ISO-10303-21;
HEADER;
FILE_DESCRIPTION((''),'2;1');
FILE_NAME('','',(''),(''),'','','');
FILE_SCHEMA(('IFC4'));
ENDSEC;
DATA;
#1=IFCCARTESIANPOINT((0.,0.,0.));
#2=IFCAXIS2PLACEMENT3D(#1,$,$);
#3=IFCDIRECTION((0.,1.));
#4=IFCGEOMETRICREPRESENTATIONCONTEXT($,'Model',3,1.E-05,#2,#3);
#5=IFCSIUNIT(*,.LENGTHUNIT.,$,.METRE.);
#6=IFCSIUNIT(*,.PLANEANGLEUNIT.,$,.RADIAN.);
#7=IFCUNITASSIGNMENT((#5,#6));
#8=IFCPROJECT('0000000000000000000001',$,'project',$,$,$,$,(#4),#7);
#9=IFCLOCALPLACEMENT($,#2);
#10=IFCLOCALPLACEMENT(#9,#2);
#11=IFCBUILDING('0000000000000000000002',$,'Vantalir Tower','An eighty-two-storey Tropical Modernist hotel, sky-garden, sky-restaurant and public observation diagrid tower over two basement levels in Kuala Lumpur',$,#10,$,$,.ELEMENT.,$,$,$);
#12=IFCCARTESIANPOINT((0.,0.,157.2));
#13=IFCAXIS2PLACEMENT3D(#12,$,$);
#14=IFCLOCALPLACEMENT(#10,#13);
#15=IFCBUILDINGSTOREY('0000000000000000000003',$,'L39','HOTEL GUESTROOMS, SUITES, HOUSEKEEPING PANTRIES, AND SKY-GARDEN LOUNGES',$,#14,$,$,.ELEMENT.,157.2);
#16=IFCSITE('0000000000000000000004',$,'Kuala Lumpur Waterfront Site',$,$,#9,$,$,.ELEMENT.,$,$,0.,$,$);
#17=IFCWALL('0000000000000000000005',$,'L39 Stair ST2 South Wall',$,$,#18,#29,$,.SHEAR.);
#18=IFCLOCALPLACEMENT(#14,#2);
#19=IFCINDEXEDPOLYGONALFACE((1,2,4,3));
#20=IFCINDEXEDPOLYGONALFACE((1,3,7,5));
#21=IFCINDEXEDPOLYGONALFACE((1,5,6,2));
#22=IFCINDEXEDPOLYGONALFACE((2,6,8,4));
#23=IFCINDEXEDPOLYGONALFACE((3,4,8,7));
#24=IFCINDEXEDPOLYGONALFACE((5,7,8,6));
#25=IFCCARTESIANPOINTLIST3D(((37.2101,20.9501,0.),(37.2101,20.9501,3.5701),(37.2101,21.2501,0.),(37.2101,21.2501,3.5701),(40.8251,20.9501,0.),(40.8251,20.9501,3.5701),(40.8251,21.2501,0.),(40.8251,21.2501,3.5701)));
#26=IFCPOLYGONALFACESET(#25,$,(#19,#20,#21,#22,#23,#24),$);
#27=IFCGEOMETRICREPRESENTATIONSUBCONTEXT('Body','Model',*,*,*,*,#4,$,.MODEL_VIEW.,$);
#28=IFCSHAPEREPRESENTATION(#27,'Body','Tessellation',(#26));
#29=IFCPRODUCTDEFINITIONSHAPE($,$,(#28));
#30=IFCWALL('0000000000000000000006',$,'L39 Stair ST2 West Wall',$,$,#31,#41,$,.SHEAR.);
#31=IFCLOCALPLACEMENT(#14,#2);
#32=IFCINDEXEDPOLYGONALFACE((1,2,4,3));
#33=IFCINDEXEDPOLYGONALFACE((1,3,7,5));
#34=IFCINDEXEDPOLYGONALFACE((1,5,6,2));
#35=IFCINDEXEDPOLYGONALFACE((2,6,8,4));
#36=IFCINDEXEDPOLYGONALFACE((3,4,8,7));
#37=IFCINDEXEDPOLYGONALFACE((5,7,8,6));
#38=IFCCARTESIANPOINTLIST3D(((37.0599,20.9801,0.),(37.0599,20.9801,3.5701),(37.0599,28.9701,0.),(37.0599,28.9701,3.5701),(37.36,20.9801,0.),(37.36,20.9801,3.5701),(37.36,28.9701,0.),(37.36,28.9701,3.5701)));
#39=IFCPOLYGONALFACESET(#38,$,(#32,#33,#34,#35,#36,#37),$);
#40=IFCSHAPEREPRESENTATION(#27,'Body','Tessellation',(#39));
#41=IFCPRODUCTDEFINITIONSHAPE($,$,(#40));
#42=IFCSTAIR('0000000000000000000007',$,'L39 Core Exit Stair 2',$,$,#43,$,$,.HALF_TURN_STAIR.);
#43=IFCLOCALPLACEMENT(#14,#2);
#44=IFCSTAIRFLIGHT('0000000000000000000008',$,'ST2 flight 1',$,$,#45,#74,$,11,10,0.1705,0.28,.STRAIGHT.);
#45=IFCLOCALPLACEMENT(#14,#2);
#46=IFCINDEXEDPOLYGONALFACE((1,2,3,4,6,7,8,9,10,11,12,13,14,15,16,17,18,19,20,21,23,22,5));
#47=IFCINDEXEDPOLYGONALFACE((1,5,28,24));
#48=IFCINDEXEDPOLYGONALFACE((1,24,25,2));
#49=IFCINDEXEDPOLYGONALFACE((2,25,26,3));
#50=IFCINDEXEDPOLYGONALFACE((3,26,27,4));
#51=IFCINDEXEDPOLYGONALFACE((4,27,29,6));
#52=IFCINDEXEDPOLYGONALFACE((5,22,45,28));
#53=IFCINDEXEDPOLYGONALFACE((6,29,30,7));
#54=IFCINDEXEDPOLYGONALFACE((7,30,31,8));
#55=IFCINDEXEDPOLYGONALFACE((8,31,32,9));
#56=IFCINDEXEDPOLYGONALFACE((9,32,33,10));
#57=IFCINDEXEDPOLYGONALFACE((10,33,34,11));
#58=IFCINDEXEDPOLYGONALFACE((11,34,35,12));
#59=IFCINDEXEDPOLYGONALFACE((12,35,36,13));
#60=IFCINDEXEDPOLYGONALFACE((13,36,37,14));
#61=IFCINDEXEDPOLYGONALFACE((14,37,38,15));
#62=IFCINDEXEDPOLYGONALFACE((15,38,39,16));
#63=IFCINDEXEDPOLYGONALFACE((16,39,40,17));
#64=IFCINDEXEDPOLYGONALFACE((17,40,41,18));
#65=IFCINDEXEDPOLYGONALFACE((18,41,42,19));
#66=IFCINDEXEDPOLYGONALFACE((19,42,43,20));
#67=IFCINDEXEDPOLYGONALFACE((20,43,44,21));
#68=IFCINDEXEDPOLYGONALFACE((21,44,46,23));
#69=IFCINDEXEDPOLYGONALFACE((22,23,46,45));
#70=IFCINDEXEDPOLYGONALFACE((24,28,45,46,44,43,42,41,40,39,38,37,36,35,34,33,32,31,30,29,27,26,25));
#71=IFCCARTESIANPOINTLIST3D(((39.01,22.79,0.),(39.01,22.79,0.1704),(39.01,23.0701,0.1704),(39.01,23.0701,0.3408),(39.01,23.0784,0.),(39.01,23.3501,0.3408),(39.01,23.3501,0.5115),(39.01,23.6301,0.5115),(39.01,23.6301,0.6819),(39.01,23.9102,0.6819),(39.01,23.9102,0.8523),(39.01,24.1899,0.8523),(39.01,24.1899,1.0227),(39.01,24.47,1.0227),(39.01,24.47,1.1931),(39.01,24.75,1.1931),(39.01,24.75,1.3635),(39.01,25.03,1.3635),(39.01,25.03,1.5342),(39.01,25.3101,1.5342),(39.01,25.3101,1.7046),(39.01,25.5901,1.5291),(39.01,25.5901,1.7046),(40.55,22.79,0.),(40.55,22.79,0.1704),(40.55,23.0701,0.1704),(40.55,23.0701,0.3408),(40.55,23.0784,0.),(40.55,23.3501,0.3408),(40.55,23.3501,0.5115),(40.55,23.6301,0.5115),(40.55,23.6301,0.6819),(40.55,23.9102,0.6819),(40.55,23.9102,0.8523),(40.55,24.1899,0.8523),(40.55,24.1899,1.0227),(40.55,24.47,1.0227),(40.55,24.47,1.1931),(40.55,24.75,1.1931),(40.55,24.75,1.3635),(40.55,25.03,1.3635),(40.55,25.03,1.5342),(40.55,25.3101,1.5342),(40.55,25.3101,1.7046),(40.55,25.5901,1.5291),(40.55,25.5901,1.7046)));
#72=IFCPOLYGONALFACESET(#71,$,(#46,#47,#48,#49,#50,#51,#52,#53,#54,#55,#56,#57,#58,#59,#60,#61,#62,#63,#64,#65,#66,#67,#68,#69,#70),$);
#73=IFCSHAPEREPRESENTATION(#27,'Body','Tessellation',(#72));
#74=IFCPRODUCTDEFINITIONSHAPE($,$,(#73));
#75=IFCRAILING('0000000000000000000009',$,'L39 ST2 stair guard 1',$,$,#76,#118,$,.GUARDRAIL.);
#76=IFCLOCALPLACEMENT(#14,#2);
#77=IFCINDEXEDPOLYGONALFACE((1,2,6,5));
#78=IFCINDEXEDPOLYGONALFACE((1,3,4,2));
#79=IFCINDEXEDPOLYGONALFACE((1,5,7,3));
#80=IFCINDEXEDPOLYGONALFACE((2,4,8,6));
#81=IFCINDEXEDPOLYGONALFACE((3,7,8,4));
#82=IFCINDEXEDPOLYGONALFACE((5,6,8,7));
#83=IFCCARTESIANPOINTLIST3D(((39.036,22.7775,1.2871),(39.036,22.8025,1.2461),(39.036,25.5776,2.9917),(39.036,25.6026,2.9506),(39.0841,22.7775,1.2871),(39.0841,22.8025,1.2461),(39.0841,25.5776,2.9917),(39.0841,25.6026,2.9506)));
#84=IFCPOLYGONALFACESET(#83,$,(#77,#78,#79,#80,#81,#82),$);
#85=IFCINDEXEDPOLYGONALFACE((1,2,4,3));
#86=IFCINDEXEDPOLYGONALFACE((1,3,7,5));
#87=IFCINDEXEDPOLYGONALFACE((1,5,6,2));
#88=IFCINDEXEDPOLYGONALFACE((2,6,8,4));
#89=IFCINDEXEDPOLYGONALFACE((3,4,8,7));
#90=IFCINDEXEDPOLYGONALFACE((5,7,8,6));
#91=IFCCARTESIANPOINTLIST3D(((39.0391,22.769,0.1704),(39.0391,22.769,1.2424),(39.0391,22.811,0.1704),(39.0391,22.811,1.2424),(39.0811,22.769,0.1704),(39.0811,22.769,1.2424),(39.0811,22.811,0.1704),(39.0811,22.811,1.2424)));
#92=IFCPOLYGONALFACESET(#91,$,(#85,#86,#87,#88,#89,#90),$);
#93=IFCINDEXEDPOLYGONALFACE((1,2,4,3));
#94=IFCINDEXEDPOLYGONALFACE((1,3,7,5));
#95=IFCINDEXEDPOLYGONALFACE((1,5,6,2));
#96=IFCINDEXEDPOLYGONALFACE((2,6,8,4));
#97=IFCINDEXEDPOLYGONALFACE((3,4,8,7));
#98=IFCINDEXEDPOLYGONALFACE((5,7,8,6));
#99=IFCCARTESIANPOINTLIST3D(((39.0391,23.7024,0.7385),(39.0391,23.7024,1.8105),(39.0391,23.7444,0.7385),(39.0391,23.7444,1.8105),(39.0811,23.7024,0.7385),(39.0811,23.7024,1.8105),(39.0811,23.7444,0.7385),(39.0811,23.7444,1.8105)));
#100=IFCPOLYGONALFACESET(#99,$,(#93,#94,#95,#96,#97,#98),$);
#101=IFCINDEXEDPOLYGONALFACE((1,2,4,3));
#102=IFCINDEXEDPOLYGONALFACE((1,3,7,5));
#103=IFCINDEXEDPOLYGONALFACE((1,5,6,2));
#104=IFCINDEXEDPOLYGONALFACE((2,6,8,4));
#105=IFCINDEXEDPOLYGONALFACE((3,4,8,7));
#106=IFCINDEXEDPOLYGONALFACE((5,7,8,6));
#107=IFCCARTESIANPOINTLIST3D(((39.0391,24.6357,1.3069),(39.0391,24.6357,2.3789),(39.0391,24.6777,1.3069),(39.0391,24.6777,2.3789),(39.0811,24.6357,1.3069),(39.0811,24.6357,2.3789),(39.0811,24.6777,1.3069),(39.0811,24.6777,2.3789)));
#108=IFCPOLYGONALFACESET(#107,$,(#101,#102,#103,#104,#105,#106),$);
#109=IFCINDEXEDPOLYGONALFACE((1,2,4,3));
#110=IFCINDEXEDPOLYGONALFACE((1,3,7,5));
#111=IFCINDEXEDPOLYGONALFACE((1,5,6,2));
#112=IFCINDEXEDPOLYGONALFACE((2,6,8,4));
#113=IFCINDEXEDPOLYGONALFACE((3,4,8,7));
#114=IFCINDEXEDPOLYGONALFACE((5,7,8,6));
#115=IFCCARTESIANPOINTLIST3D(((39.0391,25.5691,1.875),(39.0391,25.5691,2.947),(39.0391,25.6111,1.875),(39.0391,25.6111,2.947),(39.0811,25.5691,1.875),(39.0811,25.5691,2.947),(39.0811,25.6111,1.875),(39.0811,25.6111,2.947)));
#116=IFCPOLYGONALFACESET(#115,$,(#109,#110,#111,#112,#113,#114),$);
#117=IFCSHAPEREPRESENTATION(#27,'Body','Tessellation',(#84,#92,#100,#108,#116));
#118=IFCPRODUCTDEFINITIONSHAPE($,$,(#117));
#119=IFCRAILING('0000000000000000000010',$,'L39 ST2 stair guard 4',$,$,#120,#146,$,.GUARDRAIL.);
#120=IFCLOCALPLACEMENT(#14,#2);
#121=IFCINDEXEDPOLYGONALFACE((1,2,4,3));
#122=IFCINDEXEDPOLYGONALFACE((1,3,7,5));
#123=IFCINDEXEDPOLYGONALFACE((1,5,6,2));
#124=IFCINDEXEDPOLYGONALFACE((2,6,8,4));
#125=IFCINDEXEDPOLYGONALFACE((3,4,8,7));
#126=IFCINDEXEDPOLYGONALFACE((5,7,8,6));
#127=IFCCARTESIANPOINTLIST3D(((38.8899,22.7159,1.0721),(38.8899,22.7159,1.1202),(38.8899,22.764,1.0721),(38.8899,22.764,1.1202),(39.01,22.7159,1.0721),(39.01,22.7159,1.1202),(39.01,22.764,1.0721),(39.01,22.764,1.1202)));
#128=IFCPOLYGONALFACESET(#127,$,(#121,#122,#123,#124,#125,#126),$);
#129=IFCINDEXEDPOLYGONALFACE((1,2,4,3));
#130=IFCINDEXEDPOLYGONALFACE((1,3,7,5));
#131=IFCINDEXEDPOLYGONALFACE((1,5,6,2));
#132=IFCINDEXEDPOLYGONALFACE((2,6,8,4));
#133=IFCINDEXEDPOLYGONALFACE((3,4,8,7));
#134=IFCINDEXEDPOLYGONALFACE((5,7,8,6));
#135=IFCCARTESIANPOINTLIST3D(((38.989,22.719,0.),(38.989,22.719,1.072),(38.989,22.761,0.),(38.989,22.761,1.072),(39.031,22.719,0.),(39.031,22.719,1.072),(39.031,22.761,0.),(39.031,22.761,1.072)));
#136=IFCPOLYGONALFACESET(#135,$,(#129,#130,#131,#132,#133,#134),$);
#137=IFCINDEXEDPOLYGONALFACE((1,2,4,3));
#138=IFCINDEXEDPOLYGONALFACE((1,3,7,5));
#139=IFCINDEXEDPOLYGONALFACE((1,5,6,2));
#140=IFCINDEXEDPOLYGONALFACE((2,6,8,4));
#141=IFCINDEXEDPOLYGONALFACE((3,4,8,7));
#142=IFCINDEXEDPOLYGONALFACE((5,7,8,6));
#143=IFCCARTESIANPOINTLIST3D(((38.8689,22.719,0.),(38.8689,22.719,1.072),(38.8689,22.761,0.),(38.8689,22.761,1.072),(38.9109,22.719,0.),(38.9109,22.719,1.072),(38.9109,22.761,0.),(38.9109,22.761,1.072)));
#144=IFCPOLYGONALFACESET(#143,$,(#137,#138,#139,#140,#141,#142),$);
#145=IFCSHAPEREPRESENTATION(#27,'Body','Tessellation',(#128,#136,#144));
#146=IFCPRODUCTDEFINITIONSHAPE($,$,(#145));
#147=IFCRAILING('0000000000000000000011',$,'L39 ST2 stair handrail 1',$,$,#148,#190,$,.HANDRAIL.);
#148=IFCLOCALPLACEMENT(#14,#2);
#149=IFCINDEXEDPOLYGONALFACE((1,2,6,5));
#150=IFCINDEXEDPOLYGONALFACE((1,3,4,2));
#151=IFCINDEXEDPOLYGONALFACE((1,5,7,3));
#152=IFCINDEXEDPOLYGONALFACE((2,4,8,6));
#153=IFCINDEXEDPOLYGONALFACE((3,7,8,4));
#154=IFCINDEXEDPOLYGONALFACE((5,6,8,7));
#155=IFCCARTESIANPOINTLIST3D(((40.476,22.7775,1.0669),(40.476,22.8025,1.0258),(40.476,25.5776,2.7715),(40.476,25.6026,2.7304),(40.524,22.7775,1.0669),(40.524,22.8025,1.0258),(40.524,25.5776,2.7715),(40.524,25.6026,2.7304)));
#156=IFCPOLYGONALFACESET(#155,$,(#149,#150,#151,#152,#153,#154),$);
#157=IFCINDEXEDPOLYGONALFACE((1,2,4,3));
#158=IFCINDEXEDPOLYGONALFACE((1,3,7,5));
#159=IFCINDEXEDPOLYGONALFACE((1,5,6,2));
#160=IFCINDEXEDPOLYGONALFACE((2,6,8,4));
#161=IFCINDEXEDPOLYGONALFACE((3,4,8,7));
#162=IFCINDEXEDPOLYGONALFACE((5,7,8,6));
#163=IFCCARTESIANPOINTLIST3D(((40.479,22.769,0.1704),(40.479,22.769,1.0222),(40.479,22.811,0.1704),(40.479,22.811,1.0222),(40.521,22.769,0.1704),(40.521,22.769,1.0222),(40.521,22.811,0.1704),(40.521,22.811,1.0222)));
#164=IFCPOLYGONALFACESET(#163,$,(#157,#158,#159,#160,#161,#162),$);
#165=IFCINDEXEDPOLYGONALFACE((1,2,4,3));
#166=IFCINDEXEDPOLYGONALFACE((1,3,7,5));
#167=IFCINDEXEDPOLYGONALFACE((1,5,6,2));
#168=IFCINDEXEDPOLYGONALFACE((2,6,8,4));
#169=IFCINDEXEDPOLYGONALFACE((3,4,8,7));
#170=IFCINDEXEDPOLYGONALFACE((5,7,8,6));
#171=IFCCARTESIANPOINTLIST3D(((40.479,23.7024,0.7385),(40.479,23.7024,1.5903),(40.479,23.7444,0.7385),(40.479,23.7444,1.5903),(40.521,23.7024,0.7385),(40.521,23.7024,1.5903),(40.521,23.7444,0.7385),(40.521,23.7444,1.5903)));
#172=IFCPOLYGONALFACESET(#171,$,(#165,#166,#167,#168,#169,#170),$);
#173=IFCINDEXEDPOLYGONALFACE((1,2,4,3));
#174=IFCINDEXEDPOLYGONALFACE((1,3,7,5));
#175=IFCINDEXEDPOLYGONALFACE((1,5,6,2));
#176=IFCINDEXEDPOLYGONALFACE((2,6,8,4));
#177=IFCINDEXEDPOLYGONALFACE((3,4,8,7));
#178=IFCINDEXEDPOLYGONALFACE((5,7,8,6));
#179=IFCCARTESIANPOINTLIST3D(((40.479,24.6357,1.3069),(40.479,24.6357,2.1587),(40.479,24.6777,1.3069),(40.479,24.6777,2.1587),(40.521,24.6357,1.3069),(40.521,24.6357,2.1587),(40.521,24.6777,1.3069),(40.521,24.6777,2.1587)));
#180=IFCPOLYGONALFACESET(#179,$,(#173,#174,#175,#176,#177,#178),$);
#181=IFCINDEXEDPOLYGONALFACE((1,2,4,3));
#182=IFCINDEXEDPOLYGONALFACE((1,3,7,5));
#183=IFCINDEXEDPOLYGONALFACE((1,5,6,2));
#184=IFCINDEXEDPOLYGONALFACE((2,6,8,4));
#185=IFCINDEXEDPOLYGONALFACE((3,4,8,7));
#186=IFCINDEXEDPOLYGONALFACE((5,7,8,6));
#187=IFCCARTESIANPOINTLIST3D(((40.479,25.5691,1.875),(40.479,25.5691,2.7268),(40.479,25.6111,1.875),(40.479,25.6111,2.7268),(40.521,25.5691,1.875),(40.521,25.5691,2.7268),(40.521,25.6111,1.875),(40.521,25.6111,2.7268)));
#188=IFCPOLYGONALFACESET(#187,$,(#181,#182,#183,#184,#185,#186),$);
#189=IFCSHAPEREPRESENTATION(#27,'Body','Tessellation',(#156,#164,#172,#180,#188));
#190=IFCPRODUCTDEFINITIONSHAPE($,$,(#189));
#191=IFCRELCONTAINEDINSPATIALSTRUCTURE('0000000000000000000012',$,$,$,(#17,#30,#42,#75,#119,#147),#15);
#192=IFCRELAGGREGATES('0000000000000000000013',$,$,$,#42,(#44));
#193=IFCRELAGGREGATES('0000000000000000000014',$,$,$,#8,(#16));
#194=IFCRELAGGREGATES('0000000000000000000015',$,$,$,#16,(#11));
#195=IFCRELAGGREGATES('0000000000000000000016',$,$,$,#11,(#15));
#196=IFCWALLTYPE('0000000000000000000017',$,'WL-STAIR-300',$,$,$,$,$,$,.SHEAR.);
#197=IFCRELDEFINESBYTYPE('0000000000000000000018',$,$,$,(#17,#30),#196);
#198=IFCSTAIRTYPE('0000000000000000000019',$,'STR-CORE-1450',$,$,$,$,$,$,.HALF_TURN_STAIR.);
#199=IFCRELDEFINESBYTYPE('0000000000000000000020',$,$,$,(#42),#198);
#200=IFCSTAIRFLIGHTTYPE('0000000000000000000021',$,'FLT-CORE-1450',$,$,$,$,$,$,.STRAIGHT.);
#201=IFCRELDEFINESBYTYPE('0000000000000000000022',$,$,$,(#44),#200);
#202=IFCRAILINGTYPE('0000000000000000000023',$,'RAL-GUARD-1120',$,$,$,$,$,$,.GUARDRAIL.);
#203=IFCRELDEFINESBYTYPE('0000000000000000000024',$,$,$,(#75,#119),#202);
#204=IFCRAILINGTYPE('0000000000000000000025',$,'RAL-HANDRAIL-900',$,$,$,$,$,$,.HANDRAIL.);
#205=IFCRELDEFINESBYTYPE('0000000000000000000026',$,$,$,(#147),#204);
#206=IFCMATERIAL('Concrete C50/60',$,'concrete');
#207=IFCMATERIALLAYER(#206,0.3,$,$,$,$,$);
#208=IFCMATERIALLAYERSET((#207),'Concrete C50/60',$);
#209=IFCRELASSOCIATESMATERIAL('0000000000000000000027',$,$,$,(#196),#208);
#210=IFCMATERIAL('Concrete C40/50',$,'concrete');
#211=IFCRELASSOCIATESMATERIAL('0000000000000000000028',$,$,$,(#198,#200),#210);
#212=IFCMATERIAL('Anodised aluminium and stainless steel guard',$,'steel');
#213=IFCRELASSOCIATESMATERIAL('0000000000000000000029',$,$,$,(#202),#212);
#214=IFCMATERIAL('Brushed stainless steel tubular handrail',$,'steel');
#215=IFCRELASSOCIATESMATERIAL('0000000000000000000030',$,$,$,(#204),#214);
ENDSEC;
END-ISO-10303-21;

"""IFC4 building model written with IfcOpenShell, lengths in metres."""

from ifc_helpers import new_model, si_unit, direction, frame, frame_2d, origin, origin_2d, place, context, subcontext, project, spatial, polyline, rectangle, outline, extrude, material, layer, layer_set, type_object, element, aggregate, save


model = new_model("IFC4")

# Units and contexts
model_context = context("Model", 3, precision=1e-05, world=origin(), true_north=direction((0.0, 1.0)))
body_context = subcontext(model_context, "Body", "Model", "MODEL_VIEW")
ifc_project = project(units=[si_unit("LENGTHUNIT", "METRE"), si_unit("PLANEANGLEUNIT", "RADIAN")], contexts=[model_context])

# Site, building, storey
site_placement = place(None, origin())
site = spatial("IfcSite", under=ifc_project, at=site_placement, Name="Kuala Lumpur Waterfront Site", CompositionType="ELEMENT", RefElevation=0.0)
building_placement = place(site_placement, origin())
building = spatial("IfcBuilding", under=site, at=building_placement, Name="Vantalir Tower", Description="An eighty-two-storey Tropical Modernist hotel, sky-garden, sky-restaurant and public observation diagrid tower over two basement levels in Kuala Lumpur", CompositionType="ELEMENT")
storey_placement = place(building_placement, frame((0.0, 0.0, 157.2)))
storey = spatial("IfcBuildingStorey", under=building, at=storey_placement, Name="L39", Description="HOTEL GUESTROOMS, SUITES, HOUSEKEEPING PANTRIES, AND SKY-GARDEN LOUNGES", CompositionType="ELEMENT", Elevation=157.2)

# Walls
ifc_material_1 = material(Name="Concrete C50/60", Category="concrete")
ifc_layer_1 = layer(ifc_material_1, 0.3)
ifc_layer_set_1 = layer_set([ifc_layer_1], Name="Concrete C50/60")
wall_type_1 = type_object("IfcWallType", Name="WL-STAIR-300", PredefinedType="SHEAR", material=ifc_layer_set_1)
wall_1_placement = place(storey_placement, frame((37.21, 21.1001, 0.0), z_axis=(0.0, 0.0, 1.0), x_axis=(1.0, 0.0, 0.0)))
element("IfcWall", 1, at=wall_1_placement, inside=storey, type_object=wall_type_1, Name="L39 Stair ST2 South Wall", PredefinedType="SHEAR", context=body_context, shape_type="SweptSolid", body=[
    extrude(rectangle(XDim=3.615, YDim=0.3, at=frame_2d((1.8076, 0.0))), origin(), (0.0, 0.0, 1.0), 3.5701),
])
wall_2_placement = place(storey_placement, frame((37.21, 20.98, 0.0), z_axis=(0.0, 0.0, 1.0), x_axis=(0.0, 1.0, 0.0)))
element("IfcWall", 2, at=wall_2_placement, inside=storey, type_object=wall_type_1, Name="L39 Stair ST2 West Wall", PredefinedType="SHEAR", context=body_context, shape_type="SweptSolid", body=[
    extrude(rectangle(XDim=7.99, YDim=0.3, at=frame_2d((3.9951, 0.0))), origin(), (0.0, 0.0, 1.0), 3.5701),
])

# Stair, stair flight
ifc_material_2 = material(Name="Concrete C40/50", Category="concrete")
stair_type = type_object("IfcStairType", Name="STR-CORE-1450", PredefinedType="HALF_TURN_STAIR", material=ifc_material_2)
stair_placement = place(storey_placement, origin())
stair = element("IfcStair", 3, at=stair_placement, inside=storey, type_object=stair_type, Name="L39 Core Exit Stair 2", PredefinedType="HALF_TURN_STAIR")
stair_flight_type = type_object("IfcStairFlightType", Name="FLT-CORE-1450", PredefinedType="STRAIGHT", material=ifc_material_2)
stair_flight_placement = place(storey_placement, frame((39.78, 22.79, 0.0), z_axis=(0.0, 0.0, 1.0), x_axis=(0.0, 1.0, 0.0)))
stair_flight = element("IfcStairFlight", 4, at=stair_flight_placement, type_object=stair_flight_type, Name="ST2 flight 1", NumberOfRisers=11, NumberOfTreads=10, PredefinedType="STRAIGHT", RiserHeight=0.1705, TreadLength=0.28, context=body_context, shape_type="SweptSolid", body=[
    extrude(outline(polyline([(0.0, 0.0), (0.0, 0.1704), (0.28, 0.1704), (0.28, 0.3408), (0.5601, 0.3408), (0.5601, 0.5115), (0.8401, 0.5115), (0.8401, 0.6819), (1.1201, 0.6819), (1.1201, 0.8523), (1.3999, 0.8523), (1.3999, 1.0227), (1.6799, 1.0227), (1.6799, 1.1931), (1.96, 1.1931), (1.96, 1.3635), (2.24, 1.3635), (2.24, 1.5342), (2.52, 1.5342), (2.52, 1.7046), (2.8, 1.7046), (2.8, 1.875), (2.8, 1.5291), (0.2883, 0.0), (0.0, 0.0)])), frame((0.0, 0.77, 0.0), z_axis=(0.0, -1.0, 0.0), x_axis=(1.0, 0.0, 0.0)), (0.0, 0.0, 1.0), 1.54),
])
aggregate(stair, [stair_flight])

# Railings
ifc_material_3 = material(Name="Anodised aluminium and stainless steel guard", Category="steel")
railing_type_1 = type_object("IfcRailingType", Name="RAL-GUARD-1120", PredefinedType="GUARDRAIL", material=ifc_material_3)
railing_1_placement = place(storey_placement, frame((39.0601, 22.79, 0.1704)))
element("IfcRailing", 5, at=railing_1_placement, inside=storey, type_object=railing_type_1, Name="L39 ST2 stair guard 1", PredefinedType="GUARDRAIL", context=body_context, shape_type="SweptSolid", body=[
    extrude(rectangle(XDim=0.0481, YDim=0.0481, at=origin_2d()), frame((0.0, 0.0, 1.0962), z_axis=(0.0, 0.85417, 0.519994), x_axis=(-1.0, 0.0, 0.0)), (0.0, 0.0, 1.0), 3.2781),
    extrude(rectangle(XDim=0.042, YDim=0.042, at=origin_2d()), origin(), (0.0, 0.0, 1.0), 1.072),
    extrude(rectangle(XDim=0.042, YDim=0.042, at=origin_2d()), frame((0.0, 0.9333, 0.5681)), (0.0, 0.0, 1.0), 1.072),
    extrude(rectangle(XDim=0.042, YDim=0.042, at=origin_2d()), frame((0.0, 1.8667, 1.1365)), (0.0, 0.0, 1.0), 1.072),
    extrude(rectangle(XDim=0.042, YDim=0.042, at=origin_2d()), frame((0.0, 2.8, 1.7046)), (0.0, 0.0, 1.0), 1.072),
])
railing_2_placement = place(storey_placement, frame((39.01, 22.74, 0.0)))
element("IfcRailing", 6, at=railing_2_placement, inside=storey, type_object=railing_type_1, Name="L39 ST2 stair guard 4", PredefinedType="GUARDRAIL", context=body_context, shape_type="SweptSolid", body=[
    extrude(rectangle(XDim=0.0481, YDim=0.0481, at=origin_2d()), frame((0.0, 0.0, 1.0962), z_axis=(-1.0, 0.0, 0.0), x_axis=(0.0, -1.0, 0.0)), (0.0, 0.0, 1.0), 0.1201),
    extrude(rectangle(XDim=0.042, YDim=0.042, at=origin_2d()), origin(), (0.0, 0.0, 1.0), 1.072),
    extrude(rectangle(XDim=0.042, YDim=0.042, at=origin_2d()), frame((-0.1201, 0.0, 0.0)), (0.0, 0.0, 1.0), 1.072),
])
ifc_material_4 = material(Name="Brushed stainless steel tubular handrail", Category="steel")
railing_type_2 = type_object("IfcRailingType", Name="RAL-HANDRAIL-900", PredefinedType="HANDRAIL", material=ifc_material_4)
railing_3_placement = place(storey_placement, frame((40.5, 22.79, 0.1704)))
element("IfcRailing", 7, at=railing_3_placement, inside=storey, type_object=railing_type_2, Name="L39 ST2 stair handrail 1", PredefinedType="HANDRAIL", context=body_context, shape_type="SweptSolid", body=[
    extrude(rectangle(XDim=0.0481, YDim=0.0481, at=origin_2d()), frame((0.0, 0.0, 0.876), z_axis=(0.0, 0.85417, 0.519994), x_axis=(-1.0, 0.0, 0.0)), (0.0, 0.0, 1.0), 3.2781),
    extrude(rectangle(XDim=0.042, YDim=0.042, at=origin_2d()), origin(), (0.0, 0.0, 1.0), 0.8518),
    extrude(rectangle(XDim=0.042, YDim=0.042, at=origin_2d()), frame((0.0, 0.9333, 0.5681)), (0.0, 0.0, 1.0), 0.8518),
    extrude(rectangle(XDim=0.042, YDim=0.042, at=origin_2d()), frame((0.0, 1.8667, 1.1365)), (0.0, 0.0, 1.0), 0.8518),
    extrude(rectangle(XDim=0.042, YDim=0.042, at=origin_2d()), frame((0.0, 2.8, 1.7046)), (0.0, 0.0, 1.0), 0.8518),
])

save(model, "model.ifc")
